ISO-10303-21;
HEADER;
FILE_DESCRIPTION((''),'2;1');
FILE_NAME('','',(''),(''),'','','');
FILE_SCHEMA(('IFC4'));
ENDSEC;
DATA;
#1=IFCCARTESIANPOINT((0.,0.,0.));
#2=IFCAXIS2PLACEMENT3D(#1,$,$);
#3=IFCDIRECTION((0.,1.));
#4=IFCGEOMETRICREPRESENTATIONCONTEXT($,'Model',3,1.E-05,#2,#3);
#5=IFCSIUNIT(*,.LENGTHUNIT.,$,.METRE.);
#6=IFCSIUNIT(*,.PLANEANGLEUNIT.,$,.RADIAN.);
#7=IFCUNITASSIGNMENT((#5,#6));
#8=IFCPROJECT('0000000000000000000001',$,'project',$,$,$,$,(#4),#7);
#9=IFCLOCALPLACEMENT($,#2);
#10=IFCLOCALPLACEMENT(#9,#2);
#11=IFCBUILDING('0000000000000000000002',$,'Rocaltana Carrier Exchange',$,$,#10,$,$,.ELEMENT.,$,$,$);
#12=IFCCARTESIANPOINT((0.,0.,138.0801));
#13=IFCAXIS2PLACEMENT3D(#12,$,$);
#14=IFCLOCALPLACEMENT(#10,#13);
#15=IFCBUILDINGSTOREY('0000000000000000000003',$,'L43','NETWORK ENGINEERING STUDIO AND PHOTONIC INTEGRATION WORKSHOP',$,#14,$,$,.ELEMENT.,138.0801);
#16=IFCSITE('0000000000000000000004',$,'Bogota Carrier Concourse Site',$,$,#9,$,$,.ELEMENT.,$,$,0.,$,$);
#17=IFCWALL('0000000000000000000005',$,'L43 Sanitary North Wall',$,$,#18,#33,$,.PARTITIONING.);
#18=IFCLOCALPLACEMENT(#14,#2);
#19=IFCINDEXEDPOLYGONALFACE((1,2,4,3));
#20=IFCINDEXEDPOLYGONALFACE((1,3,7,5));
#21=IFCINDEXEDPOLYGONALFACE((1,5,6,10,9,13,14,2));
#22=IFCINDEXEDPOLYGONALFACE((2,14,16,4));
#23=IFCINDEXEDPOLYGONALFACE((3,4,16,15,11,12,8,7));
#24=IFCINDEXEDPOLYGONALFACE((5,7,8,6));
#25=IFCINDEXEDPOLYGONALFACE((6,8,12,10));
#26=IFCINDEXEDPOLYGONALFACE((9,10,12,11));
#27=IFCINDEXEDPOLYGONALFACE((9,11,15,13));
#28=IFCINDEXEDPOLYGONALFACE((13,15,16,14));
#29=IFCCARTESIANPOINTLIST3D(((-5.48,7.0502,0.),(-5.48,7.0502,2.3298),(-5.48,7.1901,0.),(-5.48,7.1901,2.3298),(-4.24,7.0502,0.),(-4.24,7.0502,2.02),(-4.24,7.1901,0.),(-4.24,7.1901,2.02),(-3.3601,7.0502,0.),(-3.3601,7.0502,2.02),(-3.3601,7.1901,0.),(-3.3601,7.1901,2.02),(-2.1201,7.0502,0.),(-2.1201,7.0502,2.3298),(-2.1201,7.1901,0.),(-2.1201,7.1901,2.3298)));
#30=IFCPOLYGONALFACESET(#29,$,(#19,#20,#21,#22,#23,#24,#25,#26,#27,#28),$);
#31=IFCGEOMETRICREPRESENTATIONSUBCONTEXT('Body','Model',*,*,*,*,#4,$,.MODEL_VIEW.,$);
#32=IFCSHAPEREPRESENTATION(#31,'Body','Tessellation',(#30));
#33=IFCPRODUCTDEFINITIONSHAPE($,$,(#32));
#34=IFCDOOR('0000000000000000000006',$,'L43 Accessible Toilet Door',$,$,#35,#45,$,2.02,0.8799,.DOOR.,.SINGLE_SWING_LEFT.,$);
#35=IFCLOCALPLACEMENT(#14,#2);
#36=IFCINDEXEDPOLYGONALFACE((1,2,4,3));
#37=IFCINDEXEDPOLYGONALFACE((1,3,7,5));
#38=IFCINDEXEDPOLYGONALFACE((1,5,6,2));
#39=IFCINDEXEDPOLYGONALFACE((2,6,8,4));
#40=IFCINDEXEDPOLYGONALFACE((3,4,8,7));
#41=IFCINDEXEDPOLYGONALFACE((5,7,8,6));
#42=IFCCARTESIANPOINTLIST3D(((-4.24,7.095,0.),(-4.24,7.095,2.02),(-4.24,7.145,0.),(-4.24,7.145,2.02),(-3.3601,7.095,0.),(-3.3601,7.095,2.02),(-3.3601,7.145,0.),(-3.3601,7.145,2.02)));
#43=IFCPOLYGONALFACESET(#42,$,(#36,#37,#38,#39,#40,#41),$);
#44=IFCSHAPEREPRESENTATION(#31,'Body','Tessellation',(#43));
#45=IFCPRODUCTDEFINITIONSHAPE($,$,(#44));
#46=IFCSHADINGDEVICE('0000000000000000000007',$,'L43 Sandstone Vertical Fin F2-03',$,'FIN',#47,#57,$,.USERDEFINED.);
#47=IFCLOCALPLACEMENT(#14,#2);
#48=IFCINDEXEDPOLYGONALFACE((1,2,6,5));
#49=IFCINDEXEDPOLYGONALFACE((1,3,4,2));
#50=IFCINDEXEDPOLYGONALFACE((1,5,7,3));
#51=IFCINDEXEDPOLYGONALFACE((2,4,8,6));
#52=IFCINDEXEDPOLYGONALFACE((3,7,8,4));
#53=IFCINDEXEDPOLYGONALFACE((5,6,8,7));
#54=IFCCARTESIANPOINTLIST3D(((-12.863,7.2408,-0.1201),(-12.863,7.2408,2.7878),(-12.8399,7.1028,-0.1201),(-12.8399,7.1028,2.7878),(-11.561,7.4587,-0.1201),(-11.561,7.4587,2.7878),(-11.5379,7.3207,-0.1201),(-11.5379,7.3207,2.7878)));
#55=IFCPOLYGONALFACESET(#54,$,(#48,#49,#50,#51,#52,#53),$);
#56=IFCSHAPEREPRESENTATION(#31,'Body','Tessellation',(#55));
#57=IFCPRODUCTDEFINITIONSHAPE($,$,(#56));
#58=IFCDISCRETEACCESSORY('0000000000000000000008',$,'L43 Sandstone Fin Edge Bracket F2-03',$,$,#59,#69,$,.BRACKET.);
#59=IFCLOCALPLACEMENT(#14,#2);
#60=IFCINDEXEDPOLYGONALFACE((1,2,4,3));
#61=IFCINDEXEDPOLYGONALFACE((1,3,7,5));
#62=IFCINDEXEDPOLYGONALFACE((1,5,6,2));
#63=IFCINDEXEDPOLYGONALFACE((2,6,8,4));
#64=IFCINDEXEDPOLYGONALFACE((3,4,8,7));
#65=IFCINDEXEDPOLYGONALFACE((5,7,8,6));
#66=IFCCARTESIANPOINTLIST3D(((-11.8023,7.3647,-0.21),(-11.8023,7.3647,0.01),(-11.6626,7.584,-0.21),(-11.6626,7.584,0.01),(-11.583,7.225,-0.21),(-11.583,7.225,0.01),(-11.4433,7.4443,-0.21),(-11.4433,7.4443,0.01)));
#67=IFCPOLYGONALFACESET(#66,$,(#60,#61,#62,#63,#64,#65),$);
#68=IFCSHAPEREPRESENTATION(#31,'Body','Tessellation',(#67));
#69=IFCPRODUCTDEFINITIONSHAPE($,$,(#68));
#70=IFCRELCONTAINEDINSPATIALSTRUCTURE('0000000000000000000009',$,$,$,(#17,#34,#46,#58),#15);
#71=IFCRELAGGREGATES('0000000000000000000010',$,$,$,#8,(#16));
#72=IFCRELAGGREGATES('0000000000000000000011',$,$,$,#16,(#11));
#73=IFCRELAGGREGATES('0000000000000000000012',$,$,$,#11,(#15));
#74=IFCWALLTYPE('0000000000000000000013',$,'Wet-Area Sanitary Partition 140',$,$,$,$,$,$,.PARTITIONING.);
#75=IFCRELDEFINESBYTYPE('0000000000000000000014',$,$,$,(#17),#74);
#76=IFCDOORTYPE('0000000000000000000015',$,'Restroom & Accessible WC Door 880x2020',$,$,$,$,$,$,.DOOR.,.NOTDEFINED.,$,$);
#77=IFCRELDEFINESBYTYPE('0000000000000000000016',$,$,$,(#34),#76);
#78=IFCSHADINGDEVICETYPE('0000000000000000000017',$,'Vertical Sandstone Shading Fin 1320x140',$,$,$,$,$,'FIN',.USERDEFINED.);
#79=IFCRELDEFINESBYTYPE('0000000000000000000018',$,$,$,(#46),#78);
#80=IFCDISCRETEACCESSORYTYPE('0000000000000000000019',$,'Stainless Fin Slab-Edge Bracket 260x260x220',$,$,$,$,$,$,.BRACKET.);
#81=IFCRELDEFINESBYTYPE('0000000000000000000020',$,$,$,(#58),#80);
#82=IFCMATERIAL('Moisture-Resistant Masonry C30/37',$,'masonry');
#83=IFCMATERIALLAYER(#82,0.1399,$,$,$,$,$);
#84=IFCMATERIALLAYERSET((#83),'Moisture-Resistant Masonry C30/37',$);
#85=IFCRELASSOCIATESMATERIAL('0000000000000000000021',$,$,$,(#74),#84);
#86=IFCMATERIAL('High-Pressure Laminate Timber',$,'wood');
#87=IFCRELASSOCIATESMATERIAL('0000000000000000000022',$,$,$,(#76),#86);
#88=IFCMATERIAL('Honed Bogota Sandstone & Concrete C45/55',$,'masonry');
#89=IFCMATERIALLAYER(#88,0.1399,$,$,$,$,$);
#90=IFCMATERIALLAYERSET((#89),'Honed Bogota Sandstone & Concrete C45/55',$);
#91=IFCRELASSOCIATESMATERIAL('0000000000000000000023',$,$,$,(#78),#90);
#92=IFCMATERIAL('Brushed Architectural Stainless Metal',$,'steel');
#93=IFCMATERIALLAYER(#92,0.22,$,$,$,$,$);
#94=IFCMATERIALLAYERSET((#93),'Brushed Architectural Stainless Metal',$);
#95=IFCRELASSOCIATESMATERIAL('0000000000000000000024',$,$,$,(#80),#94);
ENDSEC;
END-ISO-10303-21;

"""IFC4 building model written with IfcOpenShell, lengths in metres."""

from ifc_helpers import new_model, si_unit, direction, frame, frame_2d, origin, origin_2d, place, context, subcontext, project, spatial, rectangle, extrude, material, layer, layer_set, type_object, element, fill, save


model = new_model("IFC4")

# Units and contexts
model_context = context("Model", 3, precision=1e-05, world=origin(), true_north=direction((0.0, 1.0)))
body_context = subcontext(model_context, "Body", "Model", "MODEL_VIEW")
ifc_project = project(units=[si_unit("LENGTHUNIT", "METRE"), si_unit("PLANEANGLEUNIT", "RADIAN")], contexts=[model_context])

# Site, building, storey
site_placement = place(None, origin())
site = spatial("IfcSite", under=ifc_project, at=site_placement, Name="Bogota Carrier Concourse Site", CompositionType="ELEMENT", RefElevation=0.0)
building_placement = place(site_placement, origin())
building = spatial("IfcBuilding", under=site, at=building_placement, Name="Rocaltana Carrier Exchange", CompositionType="ELEMENT")
storey_placement = place(building_placement, frame((0.0, 0.0, 138.0801)))
storey = spatial("IfcBuildingStorey", under=building, at=storey_placement, Name="L43", Description="NETWORK ENGINEERING STUDIO AND PHOTONIC INTEGRATION WORKSHOP", CompositionType="ELEMENT", Elevation=138.0801)

# Shared definitions
ifc_material_1 = material(Name="Moisture-Resistant Masonry C30/37", Category="masonry")
ifc_layer_1 = layer(ifc_material_1, 0.1399)
ifc_layer_set_1 = layer_set([ifc_layer_1], Name="Moisture-Resistant Masonry C30/37")
wall_type_1 = type_object("IfcWallType", Name="Wet-Area Sanitary Partition 140", PredefinedType="PARTITIONING", material=ifc_layer_set_1)

# Wall, opening, door
wall_1_placement = place(storey_placement, frame((-5.48, 7.1201, 0.0), z_axis=(0.0, 0.0, 1.0), x_axis=(1.0, 0.0, 0.0)))
wall_1 = element("IfcWall", 1, at=wall_1_placement, inside=storey, type_object=wall_type_1, Name="L43 Sanitary North Wall", PredefinedType="PARTITIONING", context=body_context, shape_type="SweptSolid", body=[
    extrude(rectangle(XDim=3.3599, YDim=0.1399, at=frame_2d((1.6799, 0.0))), origin(), (0.0, 0.0, 1.0), 2.3298),
])
opening_1_placement = place(wall_1_placement, frame((1.24, 0.0, 0.0)))
opening_1 = element("IfcOpeningElement", 2, at=opening_1_placement, cuts=wall_1, PredefinedType="OPENING", context=body_context, shape_type="SweptSolid", body=[
    extrude(rectangle(XDim=0.8799, YDim=2.02, at=frame_2d((0.4399, 1.01))), frame((0.0, 0.0798, 0.0), z_axis=(0.0, -1.0, 0.0), x_axis=(1.0, 0.0, 0.0)), (0.0, 0.0, 1.0), 0.1599),
])
ifc_material_2 = material(Name="High-Pressure Laminate Timber", Category="wood")
door_type_1 = type_object("IfcDoorType", Name="Restroom & Accessible WC Door 880x2020", OperationType="NOTDEFINED", PredefinedType="DOOR", material=ifc_material_2)
door_1_placement = place(opening_1_placement, origin())
door_1 = element("IfcDoor", 3, at=door_1_placement, inside=storey, type_object=door_type_1, Name="L43 Accessible Toilet Door", OperationType="SINGLE_SWING_LEFT", OverallHeight=2.02, OverallWidth=0.8799, PredefinedType="DOOR", context=body_context, shape_type="SweptSolid", body=[
    extrude(rectangle(XDim=0.8799, YDim=2.02, at=frame_2d((0.4399, 1.01))), frame((0.0, 0.0249, 0.0), z_axis=(0.0, -1.0, 0.0), x_axis=(1.0, 0.0, 0.0)), (0.0, 0.0, 1.0), 0.05),
])
fill(opening_1, door_1)

# Shading device
ifc_material_3 = material(Name="Honed Bogota Sandstone & Concrete C45/55", Category="masonry")
ifc_layer_2 = layer(ifc_material_3, 0.1399)
ifc_layer_set_2 = layer_set([ifc_layer_2], Name="Honed Bogota Sandstone & Concrete C45/55")
shading_device_type = type_object("IfcShadingDeviceType", Name="Vertical Sandstone Shading Fin 1320x140", ElementType="FIN", PredefinedType="USERDEFINED", material=ifc_layer_set_2)
shading_device_placement = place(storey_placement, frame((-12.2004, 7.2808, -0.1201), z_axis=(0.0, 0.0, 1.0), x_axis=(-0.986286, -0.165048, 0.0)))
element("IfcShadingDevice", 4, at=shading_device_placement, inside=storey, type_object=shading_device_type, Name="L43 Sandstone Vertical Fin F2-03", ObjectType="FIN", PredefinedType="USERDEFINED", context=body_context, shape_type="SweptSolid", body=[
    extrude(rectangle(XDim=1.3201, YDim=0.1399, at=origin_2d()), origin(), (0.0, 0.0, 1.0), 2.908),
])

# Discrete accessory
ifc_material_4 = material(Name="Brushed Architectural Stainless Metal", Category="steel")
ifc_layer_3 = layer(ifc_material_4, 0.22)
ifc_layer_set_3 = layer_set([ifc_layer_3], Name="Brushed Architectural Stainless Metal")
discrete_accessory_type = type_object("IfcDiscreteAccessoryType", Name="Stainless Fin Slab-Edge Bracket 260x260x220", PredefinedType="BRACKET", material=ifc_layer_set_3)
discrete_accessory_placement = place(storey_placement, frame((-11.6228, 7.4045, -0.21), z_axis=(0.0, 0.0, 1.0), x_axis=(-0.5373, -0.843391, 0.0)))
element("IfcDiscreteAccessory", 5, at=discrete_accessory_placement, inside=storey, type_object=discrete_accessory_type, Name="L43 Sandstone Fin Edge Bracket F2-03", PredefinedType="BRACKET", context=body_context, shape_type="SweptSolid", body=[
    extrude(rectangle(XDim=0.26, YDim=0.26, at=origin_2d()), origin(), (0.0, 0.0, 1.0), 0.22),
])

save(model, "model.ifc")
